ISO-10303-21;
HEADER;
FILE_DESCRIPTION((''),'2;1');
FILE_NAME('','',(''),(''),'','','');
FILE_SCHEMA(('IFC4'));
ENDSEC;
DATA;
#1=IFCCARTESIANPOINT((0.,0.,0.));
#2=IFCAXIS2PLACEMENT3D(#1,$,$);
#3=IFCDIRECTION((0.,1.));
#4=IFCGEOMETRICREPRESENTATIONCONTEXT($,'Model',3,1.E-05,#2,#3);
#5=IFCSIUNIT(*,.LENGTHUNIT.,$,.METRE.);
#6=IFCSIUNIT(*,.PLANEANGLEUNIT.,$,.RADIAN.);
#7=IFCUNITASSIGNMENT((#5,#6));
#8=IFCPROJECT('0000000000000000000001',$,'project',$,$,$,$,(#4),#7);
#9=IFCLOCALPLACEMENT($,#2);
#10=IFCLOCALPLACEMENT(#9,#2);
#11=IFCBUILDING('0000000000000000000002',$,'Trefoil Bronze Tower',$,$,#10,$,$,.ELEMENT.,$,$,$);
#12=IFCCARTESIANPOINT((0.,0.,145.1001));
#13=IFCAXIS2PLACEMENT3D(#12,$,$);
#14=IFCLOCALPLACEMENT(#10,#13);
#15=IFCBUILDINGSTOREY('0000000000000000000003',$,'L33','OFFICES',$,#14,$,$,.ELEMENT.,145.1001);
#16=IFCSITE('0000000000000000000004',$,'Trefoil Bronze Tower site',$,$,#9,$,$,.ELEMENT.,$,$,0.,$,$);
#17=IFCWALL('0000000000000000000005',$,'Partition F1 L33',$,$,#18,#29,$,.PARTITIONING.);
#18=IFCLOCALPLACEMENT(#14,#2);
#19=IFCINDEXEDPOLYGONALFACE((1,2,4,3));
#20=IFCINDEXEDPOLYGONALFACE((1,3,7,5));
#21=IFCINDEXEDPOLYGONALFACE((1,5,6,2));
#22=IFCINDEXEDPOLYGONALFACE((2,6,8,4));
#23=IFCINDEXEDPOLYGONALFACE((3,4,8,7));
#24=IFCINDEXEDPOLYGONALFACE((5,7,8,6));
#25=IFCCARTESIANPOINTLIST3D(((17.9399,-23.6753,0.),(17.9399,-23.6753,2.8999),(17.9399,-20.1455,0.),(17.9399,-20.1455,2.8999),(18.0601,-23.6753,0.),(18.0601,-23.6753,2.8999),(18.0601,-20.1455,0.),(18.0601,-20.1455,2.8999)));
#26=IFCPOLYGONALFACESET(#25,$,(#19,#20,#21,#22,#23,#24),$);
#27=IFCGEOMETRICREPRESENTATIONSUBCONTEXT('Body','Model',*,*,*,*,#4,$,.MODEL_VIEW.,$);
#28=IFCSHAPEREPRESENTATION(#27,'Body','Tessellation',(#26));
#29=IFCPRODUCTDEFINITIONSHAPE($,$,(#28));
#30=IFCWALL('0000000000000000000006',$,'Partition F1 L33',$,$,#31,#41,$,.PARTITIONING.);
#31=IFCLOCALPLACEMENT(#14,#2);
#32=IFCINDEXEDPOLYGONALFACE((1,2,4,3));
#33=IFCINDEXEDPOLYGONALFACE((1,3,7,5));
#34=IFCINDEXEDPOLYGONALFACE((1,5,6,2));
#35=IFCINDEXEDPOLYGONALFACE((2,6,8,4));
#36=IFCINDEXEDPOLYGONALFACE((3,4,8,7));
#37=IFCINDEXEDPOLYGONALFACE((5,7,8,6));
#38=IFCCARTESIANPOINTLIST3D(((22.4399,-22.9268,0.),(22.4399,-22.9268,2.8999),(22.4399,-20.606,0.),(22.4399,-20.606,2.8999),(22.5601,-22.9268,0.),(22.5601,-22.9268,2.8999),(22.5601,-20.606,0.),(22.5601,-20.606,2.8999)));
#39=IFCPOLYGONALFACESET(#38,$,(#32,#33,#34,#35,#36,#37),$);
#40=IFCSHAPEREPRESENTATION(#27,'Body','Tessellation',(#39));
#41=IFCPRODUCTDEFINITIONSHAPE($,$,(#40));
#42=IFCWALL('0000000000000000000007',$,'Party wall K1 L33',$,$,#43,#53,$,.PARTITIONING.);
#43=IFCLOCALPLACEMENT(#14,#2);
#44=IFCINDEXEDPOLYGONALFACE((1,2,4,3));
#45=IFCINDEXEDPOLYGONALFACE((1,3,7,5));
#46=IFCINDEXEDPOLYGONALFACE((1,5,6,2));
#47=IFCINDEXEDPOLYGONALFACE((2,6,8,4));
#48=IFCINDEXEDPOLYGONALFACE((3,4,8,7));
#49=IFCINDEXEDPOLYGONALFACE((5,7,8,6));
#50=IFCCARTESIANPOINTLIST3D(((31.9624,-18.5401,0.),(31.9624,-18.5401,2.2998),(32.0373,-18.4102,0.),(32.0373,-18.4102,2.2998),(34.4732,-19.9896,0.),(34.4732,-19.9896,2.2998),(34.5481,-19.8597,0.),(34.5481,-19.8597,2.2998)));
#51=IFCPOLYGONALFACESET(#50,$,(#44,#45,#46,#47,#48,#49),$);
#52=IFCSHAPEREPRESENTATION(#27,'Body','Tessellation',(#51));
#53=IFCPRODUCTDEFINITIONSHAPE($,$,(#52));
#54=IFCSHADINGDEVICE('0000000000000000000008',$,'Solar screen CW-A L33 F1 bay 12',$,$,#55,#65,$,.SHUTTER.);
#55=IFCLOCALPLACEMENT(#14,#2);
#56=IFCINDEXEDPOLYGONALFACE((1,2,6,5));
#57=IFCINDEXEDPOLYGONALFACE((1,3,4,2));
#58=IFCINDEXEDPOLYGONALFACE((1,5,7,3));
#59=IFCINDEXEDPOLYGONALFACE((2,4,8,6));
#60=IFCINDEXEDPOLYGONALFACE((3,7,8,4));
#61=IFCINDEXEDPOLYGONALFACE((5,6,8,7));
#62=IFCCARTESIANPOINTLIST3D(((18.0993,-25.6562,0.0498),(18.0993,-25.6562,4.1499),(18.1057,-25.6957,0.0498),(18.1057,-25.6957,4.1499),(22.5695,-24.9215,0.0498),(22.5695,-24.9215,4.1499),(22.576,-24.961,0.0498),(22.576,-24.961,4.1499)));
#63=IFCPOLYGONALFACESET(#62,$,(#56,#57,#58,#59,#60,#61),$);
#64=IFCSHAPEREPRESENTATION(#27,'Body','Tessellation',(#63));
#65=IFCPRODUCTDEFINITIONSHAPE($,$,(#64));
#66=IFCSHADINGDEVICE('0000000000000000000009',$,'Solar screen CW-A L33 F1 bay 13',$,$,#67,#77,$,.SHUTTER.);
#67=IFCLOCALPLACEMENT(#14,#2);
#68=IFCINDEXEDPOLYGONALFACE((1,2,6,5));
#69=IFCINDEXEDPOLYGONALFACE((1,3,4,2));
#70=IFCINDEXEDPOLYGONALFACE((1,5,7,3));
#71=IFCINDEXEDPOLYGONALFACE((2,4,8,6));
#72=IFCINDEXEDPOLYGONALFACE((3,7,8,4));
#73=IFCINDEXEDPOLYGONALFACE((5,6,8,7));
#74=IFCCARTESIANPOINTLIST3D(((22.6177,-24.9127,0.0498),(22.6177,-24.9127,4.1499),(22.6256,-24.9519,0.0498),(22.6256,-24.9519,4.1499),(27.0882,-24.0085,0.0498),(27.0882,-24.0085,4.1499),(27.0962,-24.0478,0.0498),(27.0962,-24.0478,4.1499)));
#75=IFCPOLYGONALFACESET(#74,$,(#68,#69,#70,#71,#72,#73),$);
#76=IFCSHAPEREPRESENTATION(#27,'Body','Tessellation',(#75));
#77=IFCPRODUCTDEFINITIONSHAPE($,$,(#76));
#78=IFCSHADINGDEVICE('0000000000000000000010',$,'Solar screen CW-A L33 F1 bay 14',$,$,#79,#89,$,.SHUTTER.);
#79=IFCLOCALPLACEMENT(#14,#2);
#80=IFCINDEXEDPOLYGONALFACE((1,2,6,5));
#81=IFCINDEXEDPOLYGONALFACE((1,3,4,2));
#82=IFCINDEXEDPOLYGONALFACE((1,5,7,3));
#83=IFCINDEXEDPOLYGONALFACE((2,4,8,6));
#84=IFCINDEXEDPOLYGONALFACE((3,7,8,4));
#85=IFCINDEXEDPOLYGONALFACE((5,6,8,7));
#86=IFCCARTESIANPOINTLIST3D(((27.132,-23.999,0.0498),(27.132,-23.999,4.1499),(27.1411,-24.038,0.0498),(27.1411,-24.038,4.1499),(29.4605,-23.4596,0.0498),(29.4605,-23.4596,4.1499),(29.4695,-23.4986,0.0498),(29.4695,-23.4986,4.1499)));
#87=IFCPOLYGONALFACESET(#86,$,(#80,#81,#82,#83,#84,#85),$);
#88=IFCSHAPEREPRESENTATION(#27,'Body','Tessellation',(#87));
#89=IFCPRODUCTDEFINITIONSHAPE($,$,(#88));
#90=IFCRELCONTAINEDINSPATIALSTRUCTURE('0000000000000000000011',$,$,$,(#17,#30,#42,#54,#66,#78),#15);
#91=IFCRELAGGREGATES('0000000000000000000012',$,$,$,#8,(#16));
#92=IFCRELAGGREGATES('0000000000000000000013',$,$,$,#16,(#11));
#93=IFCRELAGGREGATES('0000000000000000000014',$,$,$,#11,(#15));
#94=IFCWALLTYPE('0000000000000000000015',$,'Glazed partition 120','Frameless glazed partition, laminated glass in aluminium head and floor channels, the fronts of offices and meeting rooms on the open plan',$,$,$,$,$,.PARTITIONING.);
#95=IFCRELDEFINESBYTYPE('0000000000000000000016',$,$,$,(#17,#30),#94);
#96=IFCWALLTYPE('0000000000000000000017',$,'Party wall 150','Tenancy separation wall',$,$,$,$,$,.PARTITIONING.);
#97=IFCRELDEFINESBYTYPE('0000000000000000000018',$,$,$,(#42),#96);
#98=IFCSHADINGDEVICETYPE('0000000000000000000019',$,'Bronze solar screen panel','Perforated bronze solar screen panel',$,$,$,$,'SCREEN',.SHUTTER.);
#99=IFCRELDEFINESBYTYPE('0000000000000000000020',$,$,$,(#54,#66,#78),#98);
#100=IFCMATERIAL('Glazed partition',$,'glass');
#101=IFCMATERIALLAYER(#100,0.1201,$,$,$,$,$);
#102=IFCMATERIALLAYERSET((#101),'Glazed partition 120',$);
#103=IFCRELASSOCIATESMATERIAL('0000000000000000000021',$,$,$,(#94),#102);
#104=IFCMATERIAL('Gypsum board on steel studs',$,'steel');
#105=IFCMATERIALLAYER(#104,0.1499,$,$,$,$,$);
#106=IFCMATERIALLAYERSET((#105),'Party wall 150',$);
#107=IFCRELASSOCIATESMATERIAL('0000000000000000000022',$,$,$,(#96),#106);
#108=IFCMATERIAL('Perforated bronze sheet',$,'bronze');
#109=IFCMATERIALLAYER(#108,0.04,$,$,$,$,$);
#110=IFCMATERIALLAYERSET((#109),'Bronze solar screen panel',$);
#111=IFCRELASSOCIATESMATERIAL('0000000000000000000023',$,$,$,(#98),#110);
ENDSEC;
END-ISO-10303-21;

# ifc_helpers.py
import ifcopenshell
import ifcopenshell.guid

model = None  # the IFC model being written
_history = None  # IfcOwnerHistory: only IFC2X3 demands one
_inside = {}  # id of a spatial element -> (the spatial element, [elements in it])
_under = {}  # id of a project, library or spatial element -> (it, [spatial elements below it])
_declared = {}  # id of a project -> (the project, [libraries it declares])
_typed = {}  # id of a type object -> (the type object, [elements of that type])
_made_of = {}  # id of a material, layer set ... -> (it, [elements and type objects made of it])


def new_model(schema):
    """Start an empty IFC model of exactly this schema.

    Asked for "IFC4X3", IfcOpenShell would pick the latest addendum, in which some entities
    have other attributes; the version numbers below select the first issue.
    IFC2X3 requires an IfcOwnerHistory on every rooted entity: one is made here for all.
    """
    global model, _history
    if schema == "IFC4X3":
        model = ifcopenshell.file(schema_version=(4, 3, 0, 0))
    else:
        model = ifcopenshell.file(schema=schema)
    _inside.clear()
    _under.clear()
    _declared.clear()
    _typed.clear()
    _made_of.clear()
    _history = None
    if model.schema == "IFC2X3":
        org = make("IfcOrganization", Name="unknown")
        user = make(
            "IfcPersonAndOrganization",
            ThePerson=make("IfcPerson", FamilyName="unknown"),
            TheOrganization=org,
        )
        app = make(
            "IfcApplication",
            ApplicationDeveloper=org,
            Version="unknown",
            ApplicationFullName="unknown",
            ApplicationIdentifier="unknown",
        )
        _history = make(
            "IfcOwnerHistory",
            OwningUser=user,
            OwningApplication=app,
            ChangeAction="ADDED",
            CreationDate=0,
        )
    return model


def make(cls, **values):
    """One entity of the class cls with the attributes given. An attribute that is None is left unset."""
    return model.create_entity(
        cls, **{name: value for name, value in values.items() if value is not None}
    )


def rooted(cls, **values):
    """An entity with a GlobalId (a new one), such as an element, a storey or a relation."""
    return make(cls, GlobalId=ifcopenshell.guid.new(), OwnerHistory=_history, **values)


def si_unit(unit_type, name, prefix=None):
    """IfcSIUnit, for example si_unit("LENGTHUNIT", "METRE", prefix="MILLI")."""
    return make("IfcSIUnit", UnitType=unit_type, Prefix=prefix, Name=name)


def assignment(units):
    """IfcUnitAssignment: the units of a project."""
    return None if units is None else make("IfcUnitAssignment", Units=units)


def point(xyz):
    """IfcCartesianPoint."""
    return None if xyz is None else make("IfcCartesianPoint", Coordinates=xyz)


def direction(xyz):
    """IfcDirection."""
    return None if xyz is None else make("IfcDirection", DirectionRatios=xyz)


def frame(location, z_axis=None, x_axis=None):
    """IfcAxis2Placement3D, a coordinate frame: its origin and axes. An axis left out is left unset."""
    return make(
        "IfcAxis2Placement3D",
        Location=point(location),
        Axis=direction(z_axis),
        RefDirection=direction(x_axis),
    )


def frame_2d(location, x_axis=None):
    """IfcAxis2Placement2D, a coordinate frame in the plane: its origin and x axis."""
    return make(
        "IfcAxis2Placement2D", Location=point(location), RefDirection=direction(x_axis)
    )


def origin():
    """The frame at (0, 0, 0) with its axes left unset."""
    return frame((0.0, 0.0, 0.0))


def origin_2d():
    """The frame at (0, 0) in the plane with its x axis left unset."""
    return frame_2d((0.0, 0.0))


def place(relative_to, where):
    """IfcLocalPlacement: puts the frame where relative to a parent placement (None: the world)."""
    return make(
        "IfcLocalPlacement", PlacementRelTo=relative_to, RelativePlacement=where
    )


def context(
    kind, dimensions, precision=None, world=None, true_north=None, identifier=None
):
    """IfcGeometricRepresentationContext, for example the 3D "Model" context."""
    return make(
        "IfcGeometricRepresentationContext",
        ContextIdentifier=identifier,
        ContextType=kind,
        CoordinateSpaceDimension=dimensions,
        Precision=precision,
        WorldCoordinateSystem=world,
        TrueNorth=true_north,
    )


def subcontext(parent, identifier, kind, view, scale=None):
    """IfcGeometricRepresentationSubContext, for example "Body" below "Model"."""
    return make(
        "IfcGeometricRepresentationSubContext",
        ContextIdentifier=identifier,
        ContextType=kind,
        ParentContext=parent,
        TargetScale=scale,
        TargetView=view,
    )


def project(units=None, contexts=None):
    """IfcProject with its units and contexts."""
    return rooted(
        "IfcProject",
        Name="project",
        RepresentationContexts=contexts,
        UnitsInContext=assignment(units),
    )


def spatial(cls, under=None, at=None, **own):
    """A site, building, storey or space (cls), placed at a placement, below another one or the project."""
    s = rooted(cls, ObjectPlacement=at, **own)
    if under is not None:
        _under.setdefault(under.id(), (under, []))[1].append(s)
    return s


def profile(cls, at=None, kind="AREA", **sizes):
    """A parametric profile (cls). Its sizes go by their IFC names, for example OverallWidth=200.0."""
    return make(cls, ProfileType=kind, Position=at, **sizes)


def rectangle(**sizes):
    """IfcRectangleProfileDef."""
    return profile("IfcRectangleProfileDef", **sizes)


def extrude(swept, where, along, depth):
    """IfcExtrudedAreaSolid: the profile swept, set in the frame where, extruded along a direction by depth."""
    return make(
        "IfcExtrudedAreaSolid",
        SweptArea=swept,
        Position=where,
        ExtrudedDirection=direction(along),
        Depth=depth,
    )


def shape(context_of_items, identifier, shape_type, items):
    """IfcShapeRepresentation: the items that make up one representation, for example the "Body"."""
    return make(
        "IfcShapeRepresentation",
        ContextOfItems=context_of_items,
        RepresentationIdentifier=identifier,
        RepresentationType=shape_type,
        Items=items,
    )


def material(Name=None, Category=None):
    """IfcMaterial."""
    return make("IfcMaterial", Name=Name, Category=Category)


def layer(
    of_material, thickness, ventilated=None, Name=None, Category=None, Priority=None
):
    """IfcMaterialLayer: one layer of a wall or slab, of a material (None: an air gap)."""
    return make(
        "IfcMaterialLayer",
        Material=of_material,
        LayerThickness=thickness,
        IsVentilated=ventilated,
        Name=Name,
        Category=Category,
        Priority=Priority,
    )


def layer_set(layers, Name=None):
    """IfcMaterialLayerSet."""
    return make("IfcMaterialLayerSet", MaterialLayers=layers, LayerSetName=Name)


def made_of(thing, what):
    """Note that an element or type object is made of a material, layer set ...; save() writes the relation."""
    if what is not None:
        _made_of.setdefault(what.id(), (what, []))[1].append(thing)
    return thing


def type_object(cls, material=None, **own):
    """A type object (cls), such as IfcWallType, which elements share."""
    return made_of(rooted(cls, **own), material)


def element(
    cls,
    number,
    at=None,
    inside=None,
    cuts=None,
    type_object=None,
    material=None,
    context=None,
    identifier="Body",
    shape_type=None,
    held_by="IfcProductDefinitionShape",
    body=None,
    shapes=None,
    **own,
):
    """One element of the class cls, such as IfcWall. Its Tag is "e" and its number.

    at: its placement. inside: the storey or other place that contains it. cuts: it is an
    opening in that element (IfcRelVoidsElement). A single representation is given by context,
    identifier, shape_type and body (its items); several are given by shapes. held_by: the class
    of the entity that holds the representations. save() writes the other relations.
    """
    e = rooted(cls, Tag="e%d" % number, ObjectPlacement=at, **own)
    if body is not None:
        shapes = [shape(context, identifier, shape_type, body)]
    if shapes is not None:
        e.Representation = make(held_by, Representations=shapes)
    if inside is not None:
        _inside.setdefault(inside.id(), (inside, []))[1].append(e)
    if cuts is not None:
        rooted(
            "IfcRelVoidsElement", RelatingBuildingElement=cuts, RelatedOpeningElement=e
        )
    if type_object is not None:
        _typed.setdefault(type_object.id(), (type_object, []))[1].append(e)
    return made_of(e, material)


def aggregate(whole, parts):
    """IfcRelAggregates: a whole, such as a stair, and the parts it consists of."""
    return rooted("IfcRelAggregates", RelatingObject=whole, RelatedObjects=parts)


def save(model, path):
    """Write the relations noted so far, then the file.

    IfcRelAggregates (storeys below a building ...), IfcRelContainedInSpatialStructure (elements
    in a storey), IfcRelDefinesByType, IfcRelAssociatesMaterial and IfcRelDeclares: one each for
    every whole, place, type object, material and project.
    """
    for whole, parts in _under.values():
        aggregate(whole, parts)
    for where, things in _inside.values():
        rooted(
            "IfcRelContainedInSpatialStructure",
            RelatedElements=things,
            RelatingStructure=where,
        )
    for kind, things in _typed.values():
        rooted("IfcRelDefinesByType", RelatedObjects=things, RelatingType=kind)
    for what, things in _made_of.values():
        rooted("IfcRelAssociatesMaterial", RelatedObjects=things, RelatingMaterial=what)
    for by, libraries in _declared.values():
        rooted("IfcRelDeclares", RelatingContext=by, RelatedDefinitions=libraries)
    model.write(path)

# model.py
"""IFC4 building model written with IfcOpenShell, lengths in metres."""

from ifc_helpers import new_model, si_unit, direction, frame, frame_2d, origin, origin_2d, place, context, subcontext, project, spatial, rectangle, extrude, material, layer, layer_set, type_object, element, save


model = new_model("IFC4")

# Units and contexts
model_context = context("Model", 3, precision=1e-05, world=origin(), true_north=direction((0.0, 1.0)))
body_context = subcontext(model_context, "Body", "Model", "MODEL_VIEW")
ifc_project = project(units=[si_unit("LENGTHUNIT", "METRE"), si_unit("PLANEANGLEUNIT", "RADIAN")], contexts=[model_context])

# Site, building, storey
site_placement = place(None, origin())
site = spatial("IfcSite", under=ifc_project, at=site_placement, Name="Trefoil Bronze Tower site", CompositionType="ELEMENT", RefElevation=0.0)
building_placement = place(site_placement, origin())
building = spatial("IfcBuilding", under=site, at=building_placement, Name="Trefoil Bronze Tower", CompositionType="ELEMENT")
storey_placement = place(building_placement, frame((0.0, 0.0, 145.1001)))
storey = spatial("IfcBuildingStorey", under=building, at=storey_placement, Name="L33", Description="OFFICES", CompositionType="ELEMENT", Elevation=145.1001)

# Shared definitions
ifc_material_1 = material(Name="Glazed partition", Category="glass")
ifc_layer_1 = layer(ifc_material_1, 0.1201)
ifc_layer_set_1 = layer_set([ifc_layer_1], Name="Glazed partition 120")
wall_type_1 = type_object("IfcWallType", Name="Glazed partition 120", Description="Frameless glazed partition, laminated glass in aluminium head and floor channels, the fronts of offices and meeting rooms on the open plan", PredefinedType="PARTITIONING", material=ifc_layer_set_1)

# Walls
wall_1_placement = place(storey_placement, frame((18.0, -20.1455, 0.0), z_axis=(0.0, 0.0, 1.0), x_axis=(0.0, -1.0, 0.0)))
element("IfcWall", 1, at=wall_1_placement, inside=storey, type_object=wall_type_1, Name="Partition F1 L33", PredefinedType="PARTITIONING", context=body_context, shape_type="SweptSolid", body=[
    extrude(rectangle(XDim=3.5298, YDim=0.1201, at=frame_2d((1.7649, 0.0))), origin(), (0.0, 0.0, 1.0), 2.8999),
])
wall_2_placement = place(storey_placement, frame((22.5, -20.606, 0.0), z_axis=(0.0, 0.0, 1.0), x_axis=(0.0, -1.0, 0.0)))
element("IfcWall", 2, at=wall_2_placement, inside=storey, type_object=wall_type_1, Name="Partition F1 L33", PredefinedType="PARTITIONING", context=body_context, shape_type="SweptSolid", body=[
    extrude(rectangle(XDim=2.3208, YDim=0.1201, at=frame_2d((1.1604, 0.0))), origin(), (0.0, 0.0, 1.0), 2.8999),
])
ifc_material_2 = material(Name="Gypsum board on steel studs", Category="steel")
ifc_layer_2 = layer(ifc_material_2, 0.1499)
ifc_layer_set_2 = layer_set([ifc_layer_2], Name="Party wall 150")
wall_type_2 = type_object("IfcWallType", Name="Party wall 150", Description="Tenancy separation wall", PredefinedType="PARTITIONING", material=ifc_layer_set_2)
wall_3_placement = place(storey_placement, frame((31.9998, -18.4751, 0.0), z_axis=(0.0, 0.0, 1.0), x_axis=(0.866043, -0.49997, 0.0)))
element("IfcWall", 3, at=wall_3_placement, inside=storey, type_object=wall_type_2, Name="Party wall K1 L33", PredefinedType="PARTITIONING", context=body_context, shape_type="SweptSolid", body=[
    extrude(rectangle(XDim=2.8992, YDim=0.1499, at=frame_2d((1.4497, 0.0))), origin(), (0.0, 0.0, 1.0), 2.2998),
])

# Shading devices
ifc_material_3 = material(Name="Perforated bronze sheet", Category="bronze")
ifc_layer_3 = layer(ifc_material_3, 0.04)
ifc_layer_set_3 = layer_set([ifc_layer_3], Name="Bronze solar screen panel")
shading_device_type = type_object("IfcShadingDeviceType", Name="Bronze solar screen panel", Description="Perforated bronze solar screen panel", ElementType="SCREEN", PredefinedType="SHUTTER", material=ifc_layer_set_3)
shading_device_1_placement = place(storey_placement, frame((20.3376, -25.3086, 0.0498), z_axis=(0.0, 0.0, 1.0), x_axis=(0.98676, 0.162189, 0.0)))
element("IfcShadingDevice", 4, at=shading_device_1_placement, inside=storey, type_object=shading_device_type, Name="Solar screen CW-A L33 F1 bay 12", PredefinedType="SHUTTER", context=body_context, shape_type="SweptSolid", body=[
    extrude(rectangle(XDim=4.5303, YDim=0.04, at=origin_2d()), origin(), (0.0, 0.0, 1.0), 4.1001),
])
shading_device_2_placement = place(storey_placement, frame((24.8569, -24.4802, 0.0498), z_axis=(0.0, 0.0, 1.0), x_axis=(0.980155, 0.198232, 0.0)))
element("IfcShadingDevice", 5, at=shading_device_2_placement, inside=storey, type_object=shading_device_type, Name="Solar screen CW-A L33 F1 bay 13", PredefinedType="SHUTTER", context=body_context, shape_type="SweptSolid", body=[
    extrude(rectangle(XDim=4.561, YDim=0.04, at=origin_2d()), origin(), (0.0, 0.0, 1.0), 4.1001),
])
shading_device_3_placement = place(storey_placement, frame((28.3008, -23.7488, 0.0498), z_axis=(0.0, 0.0, 1.0), x_axis=(0.974204, 0.225667, 0.0)))
element("IfcShadingDevice", 6, at=shading_device_3_placement, inside=storey, type_object=shading_device_type, Name="Solar screen CW-A L33 F1 bay 14", PredefinedType="SHUTTER", context=body_context, shape_type="SweptSolid", body=[
    extrude(rectangle(XDim=2.3901, YDim=0.04, at=origin_2d()), origin(), (0.0, 0.0, 1.0), 4.1001),
])

save(model, "model.ifc")
